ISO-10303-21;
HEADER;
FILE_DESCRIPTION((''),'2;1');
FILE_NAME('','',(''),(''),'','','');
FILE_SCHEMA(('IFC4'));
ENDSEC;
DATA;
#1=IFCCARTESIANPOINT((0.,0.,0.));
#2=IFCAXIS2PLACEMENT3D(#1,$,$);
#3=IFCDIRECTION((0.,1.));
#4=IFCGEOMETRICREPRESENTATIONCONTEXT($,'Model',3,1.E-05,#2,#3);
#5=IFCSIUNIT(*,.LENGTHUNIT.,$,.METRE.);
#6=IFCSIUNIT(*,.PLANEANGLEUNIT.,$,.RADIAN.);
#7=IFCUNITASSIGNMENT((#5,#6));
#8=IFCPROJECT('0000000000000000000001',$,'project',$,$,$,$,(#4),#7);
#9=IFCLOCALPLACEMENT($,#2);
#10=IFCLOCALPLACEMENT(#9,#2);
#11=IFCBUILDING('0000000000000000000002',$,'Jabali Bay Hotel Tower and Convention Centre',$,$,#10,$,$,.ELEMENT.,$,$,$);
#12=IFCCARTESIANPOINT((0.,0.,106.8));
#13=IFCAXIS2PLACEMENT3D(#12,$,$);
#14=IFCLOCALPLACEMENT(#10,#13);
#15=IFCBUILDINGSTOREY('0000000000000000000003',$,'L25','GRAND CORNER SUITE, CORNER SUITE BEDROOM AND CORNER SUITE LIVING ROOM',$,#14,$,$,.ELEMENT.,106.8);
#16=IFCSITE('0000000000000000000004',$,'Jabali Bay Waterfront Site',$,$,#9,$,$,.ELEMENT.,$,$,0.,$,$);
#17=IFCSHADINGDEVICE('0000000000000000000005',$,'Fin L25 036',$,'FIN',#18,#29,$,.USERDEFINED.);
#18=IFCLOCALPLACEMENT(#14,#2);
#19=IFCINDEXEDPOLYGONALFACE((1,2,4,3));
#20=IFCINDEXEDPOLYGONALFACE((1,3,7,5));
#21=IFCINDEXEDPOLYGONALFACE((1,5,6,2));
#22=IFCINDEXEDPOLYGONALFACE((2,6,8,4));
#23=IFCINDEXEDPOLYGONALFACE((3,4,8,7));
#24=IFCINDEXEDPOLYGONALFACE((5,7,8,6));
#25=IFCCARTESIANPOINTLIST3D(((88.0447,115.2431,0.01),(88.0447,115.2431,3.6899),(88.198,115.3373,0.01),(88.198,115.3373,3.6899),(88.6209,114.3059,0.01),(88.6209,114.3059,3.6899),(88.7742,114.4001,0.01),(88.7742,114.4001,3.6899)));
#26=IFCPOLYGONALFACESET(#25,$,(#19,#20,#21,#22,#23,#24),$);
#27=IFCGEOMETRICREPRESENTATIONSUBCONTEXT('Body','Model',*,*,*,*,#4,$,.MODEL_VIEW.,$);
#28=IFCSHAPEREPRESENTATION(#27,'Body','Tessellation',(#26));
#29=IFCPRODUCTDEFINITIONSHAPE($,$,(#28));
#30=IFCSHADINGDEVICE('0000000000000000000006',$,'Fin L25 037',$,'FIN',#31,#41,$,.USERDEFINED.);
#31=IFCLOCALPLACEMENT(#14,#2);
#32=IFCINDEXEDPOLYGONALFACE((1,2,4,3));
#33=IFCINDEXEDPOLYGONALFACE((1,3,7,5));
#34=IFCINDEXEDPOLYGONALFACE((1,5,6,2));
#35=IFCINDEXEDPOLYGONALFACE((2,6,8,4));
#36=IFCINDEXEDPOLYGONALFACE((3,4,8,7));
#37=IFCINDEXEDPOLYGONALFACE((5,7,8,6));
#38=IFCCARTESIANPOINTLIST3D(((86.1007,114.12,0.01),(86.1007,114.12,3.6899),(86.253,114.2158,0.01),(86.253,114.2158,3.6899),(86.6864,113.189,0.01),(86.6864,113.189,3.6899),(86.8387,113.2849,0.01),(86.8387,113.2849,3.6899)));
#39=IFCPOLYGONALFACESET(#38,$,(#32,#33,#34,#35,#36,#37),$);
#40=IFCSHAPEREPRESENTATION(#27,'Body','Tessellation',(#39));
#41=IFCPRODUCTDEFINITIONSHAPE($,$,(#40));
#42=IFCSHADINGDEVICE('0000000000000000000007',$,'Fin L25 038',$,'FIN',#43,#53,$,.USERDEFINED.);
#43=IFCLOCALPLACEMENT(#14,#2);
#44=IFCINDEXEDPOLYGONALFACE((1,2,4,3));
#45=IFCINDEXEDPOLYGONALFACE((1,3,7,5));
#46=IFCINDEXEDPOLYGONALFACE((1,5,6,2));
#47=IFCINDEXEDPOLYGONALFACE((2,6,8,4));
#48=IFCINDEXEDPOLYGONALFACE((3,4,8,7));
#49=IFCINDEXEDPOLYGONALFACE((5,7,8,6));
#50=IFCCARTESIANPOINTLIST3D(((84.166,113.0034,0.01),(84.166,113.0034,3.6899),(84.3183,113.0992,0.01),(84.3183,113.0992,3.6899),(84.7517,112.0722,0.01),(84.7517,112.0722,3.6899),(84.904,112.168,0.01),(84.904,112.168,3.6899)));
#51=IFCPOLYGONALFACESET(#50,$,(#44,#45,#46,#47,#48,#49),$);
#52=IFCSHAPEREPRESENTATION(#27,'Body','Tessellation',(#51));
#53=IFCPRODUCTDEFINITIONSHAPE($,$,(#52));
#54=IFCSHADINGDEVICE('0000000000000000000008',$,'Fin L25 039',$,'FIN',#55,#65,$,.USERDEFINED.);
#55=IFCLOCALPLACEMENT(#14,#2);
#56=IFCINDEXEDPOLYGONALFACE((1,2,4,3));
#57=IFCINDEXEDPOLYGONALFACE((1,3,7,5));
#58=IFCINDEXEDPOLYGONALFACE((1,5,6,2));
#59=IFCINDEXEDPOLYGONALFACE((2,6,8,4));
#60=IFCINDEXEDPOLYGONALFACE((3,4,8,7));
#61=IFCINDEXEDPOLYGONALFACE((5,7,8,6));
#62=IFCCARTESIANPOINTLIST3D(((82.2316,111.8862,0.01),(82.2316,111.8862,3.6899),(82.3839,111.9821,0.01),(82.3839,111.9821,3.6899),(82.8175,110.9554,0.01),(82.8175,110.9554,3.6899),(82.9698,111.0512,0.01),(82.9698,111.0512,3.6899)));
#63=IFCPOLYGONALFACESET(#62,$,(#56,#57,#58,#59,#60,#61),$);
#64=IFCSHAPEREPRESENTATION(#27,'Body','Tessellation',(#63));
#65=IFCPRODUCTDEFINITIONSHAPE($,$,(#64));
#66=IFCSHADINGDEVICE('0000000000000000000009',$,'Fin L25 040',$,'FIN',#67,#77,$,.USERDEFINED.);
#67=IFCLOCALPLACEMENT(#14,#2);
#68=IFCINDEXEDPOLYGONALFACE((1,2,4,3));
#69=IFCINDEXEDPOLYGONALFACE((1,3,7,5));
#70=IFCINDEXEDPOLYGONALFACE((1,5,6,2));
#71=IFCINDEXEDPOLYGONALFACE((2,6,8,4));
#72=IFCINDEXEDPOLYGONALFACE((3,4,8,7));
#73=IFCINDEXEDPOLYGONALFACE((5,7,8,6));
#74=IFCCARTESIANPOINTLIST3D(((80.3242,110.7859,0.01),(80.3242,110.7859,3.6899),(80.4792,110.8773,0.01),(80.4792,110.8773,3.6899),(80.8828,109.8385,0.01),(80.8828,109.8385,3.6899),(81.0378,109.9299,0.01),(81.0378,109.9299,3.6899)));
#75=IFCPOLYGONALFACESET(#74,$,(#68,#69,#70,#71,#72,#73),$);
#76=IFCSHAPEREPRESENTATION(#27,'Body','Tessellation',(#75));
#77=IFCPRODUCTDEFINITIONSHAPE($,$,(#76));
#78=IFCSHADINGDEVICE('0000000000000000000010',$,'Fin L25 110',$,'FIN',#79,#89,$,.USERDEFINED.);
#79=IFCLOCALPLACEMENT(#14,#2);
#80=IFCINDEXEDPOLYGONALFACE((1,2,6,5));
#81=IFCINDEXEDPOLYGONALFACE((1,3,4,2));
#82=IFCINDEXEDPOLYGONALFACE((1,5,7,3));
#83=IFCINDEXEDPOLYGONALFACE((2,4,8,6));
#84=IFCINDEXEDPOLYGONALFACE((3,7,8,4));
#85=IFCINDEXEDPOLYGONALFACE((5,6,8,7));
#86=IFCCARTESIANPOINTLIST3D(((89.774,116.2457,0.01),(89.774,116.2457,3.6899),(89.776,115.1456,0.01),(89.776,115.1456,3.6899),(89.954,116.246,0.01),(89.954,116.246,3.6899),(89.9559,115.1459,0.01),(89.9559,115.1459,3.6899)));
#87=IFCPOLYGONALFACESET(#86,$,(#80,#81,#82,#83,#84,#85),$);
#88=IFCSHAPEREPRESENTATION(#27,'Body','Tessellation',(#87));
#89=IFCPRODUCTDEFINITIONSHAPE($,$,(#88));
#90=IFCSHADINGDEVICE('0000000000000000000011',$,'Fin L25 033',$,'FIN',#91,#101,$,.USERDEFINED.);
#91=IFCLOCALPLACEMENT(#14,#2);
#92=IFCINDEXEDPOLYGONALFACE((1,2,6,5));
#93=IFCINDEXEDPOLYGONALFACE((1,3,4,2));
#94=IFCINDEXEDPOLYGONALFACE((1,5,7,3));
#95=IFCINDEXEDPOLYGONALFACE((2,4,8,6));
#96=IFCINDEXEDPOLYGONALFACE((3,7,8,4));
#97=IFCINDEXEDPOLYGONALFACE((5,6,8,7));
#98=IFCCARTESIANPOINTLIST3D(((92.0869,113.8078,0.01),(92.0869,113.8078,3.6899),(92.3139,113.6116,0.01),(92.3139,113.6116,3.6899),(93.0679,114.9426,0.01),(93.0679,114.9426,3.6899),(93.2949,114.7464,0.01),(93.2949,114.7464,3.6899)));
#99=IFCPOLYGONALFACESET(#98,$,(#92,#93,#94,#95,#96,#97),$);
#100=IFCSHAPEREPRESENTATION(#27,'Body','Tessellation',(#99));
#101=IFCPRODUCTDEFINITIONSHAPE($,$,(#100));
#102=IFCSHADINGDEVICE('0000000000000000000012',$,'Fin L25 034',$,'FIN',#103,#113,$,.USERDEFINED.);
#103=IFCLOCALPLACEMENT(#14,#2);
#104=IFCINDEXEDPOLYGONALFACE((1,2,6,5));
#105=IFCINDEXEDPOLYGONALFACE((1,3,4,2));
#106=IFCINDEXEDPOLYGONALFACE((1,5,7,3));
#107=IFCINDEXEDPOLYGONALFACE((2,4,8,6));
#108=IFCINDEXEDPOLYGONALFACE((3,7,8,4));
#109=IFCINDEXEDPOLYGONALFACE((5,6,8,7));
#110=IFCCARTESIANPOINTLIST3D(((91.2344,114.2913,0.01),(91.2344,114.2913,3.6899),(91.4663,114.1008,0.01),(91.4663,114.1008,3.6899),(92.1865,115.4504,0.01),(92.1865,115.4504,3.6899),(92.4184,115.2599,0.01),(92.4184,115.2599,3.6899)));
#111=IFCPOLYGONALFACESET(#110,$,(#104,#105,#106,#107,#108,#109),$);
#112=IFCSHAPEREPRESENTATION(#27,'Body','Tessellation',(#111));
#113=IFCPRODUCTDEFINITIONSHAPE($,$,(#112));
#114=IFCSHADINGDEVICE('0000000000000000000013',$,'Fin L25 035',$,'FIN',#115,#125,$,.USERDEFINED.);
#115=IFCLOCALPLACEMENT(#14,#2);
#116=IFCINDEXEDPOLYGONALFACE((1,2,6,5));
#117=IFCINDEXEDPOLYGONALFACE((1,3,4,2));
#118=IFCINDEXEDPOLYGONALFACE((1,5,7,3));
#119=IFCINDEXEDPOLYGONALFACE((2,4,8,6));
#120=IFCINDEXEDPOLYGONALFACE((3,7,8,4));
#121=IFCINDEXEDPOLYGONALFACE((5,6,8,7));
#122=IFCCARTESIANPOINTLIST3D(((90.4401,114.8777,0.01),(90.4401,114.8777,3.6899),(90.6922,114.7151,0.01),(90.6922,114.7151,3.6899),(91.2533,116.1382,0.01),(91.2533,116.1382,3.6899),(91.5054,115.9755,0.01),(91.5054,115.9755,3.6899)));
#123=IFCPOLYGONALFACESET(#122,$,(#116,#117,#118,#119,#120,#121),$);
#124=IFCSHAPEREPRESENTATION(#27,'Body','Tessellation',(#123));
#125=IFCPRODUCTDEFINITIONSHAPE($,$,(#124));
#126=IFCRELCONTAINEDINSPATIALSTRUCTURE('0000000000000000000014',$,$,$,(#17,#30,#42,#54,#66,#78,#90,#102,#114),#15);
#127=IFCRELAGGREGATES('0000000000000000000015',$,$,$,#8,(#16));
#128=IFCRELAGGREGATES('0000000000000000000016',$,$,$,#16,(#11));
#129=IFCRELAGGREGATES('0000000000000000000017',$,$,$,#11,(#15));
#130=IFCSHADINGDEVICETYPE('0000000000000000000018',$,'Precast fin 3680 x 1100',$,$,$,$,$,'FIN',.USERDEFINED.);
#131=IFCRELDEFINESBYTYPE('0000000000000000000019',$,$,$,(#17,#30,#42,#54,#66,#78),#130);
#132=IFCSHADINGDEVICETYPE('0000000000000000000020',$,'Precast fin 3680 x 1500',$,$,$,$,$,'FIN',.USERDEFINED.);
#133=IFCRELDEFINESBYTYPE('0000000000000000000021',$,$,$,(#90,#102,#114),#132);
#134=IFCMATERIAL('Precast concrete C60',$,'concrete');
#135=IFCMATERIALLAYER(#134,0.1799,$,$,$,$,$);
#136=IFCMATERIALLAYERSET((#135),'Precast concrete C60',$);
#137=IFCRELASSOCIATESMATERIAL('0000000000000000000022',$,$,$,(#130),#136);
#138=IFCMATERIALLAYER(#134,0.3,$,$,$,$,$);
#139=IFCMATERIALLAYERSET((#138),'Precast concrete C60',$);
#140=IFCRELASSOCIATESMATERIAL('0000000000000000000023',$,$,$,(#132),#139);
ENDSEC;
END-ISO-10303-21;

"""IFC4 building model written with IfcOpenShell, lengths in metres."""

from ifc_helpers import new_model, si_unit, direction, frame, frame_2d, origin, place, context, subcontext, project, spatial, rectangle, extrude, material, layer, layer_set, type_object, element, save


model = new_model("IFC4")

# Units and contexts
model_context = context("Model", 3, precision=1e-05, world=origin(), true_north=direction((0.0, 1.0)))
body_context = subcontext(model_context, "Body", "Model", "MODEL_VIEW")
ifc_project = project(units=[si_unit("LENGTHUNIT", "METRE"), si_unit("PLANEANGLEUNIT", "RADIAN")], contexts=[model_context])

# Site, building, storey
site_placement = place(None, origin())
site = spatial("IfcSite", under=ifc_project, at=site_placement, Name="Jabali Bay Waterfront Site", CompositionType="ELEMENT", RefElevation=0.0)
building_placement = place(site_placement, origin())
building = spatial("IfcBuilding", under=site, at=building_placement, Name="Jabali Bay Hotel Tower and Convention Centre", CompositionType="ELEMENT")
storey_placement = place(building_placement, frame((0.0, 0.0, 106.8)))
storey = spatial("IfcBuildingStorey", under=building, at=storey_placement, Name="L25", Description="GRAND CORNER SUITE, CORNER SUITE BEDROOM AND CORNER SUITE LIVING ROOM", CompositionType="ELEMENT", Elevation=106.8)

# Shading devices
ifc_material_1 = material(Name="Precast concrete C60", Category="concrete")
ifc_layer_1 = layer(ifc_material_1, 0.1799)
ifc_layer_set_1 = layer_set([ifc_layer_1], Name="Precast concrete C60")
shading_device_type_1 = type_object("IfcShadingDeviceType", Name="Precast fin 3680 x 1100", ElementType="FIN", PredefinedType="USERDEFINED", material=ifc_layer_set_1)
shading_device_1_placement = place(storey_placement, frame((88.6975, 114.353, 0.01), z_axis=(0.0, 0.0, 1.0), x_axis=(-0.523701, 0.851902, 0.0)))
element("IfcShadingDevice", 1, at=shading_device_1_placement, inside=storey, type_object=shading_device_type_1, Name="Fin L25 036", ObjectType="FIN", PredefinedType="USERDEFINED", context=body_context, shape_type="SweptSolid", body=[
    extrude(rectangle(XDim=1.1001, YDim=0.1799, at=frame_2d((0.55, 0.0))), origin(), (0.0, 0.0, 1.0), 3.6799),
])
shading_device_2_placement = place(storey_placement, frame((86.7625, 113.2371, 0.01), z_axis=(0.0, 0.0, 1.0), x_axis=(-0.532531, 0.846411, 0.0)))
element("IfcShadingDevice", 2, at=shading_device_2_placement, inside=storey, type_object=shading_device_type_1, Name="Fin L25 037", ObjectType="FIN", PredefinedType="USERDEFINED", context=body_context, shape_type="SweptSolid", body=[
    extrude(rectangle(XDim=1.0999, YDim=0.1799, at=frame_2d((0.5498, 0.0))), origin(), (0.0, 0.0, 1.0), 3.6799),
])
shading_device_3_placement = place(storey_placement, frame((84.8279, 112.1201, 0.01), z_axis=(0.0, 0.0, 1.0), x_axis=(-0.532431, 0.846474, 0.0)))
element("IfcShadingDevice", 3, at=shading_device_3_placement, inside=storey, type_object=shading_device_type_1, Name="Fin L25 038", ObjectType="FIN", PredefinedType="USERDEFINED", context=body_context, shape_type="SweptSolid", body=[
    extrude(rectangle(XDim=1.1001, YDim=0.1799, at=frame_2d((0.55, 0.0))), origin(), (0.0, 0.0, 1.0), 3.6799),
])
for number, where, z_axis, x_axis, name in (
    (4, (82.8936, 111.0034, 0.01), (0.0, 0.0, 1.0), (-0.53269, 0.846311, 0.0), "Fin L25 039"),
    (5, (80.9602, 109.8843, 0.01), (0.0, 0.0, 1.0), (-0.507854, 0.861443, 0.0), "Fin L25 040"),
):
    element("IfcShadingDevice", number, at=place(storey_placement, frame(where, z_axis=z_axis, x_axis=x_axis)), inside=storey, type_object=shading_device_type_1, Name=name, ObjectType="FIN", PredefinedType="USERDEFINED", context=body_context, shape_type="SweptSolid", body=[
        extrude(rectangle(XDim=1.0999, YDim=0.1799, at=frame_2d((0.5498, 0.0))), origin(), (0.0, 0.0, 1.0), 3.6799),
    ])
shading_device_4_placement = place(storey_placement, frame((89.866, 115.1458, 0.01), z_axis=(0.0, 0.0, 1.0), x_axis=(-0.001775, 0.999998, 0.0)))
element("IfcShadingDevice", 6, at=shading_device_4_placement, inside=storey, type_object=shading_device_type_1, Name="Fin L25 110", ObjectType="FIN", PredefinedType="USERDEFINED", context=body_context, shape_type="SweptSolid", body=[
    extrude(rectangle(XDim=1.1001, YDim=0.1799, at=frame_2d((0.55, 0.0))), origin(), (0.0, 0.0, 1.0), 3.6799),
])
ifc_layer_2 = layer(ifc_material_1, 0.3)
ifc_layer_set_2 = layer_set([ifc_layer_2], Name="Precast concrete C60")
shading_device_type_2 = type_object("IfcShadingDeviceType", Name="Precast fin 3680 x 1500", ElementType="FIN", PredefinedType="USERDEFINED", material=ifc_layer_set_2)
for number, where, z_axis, x_axis, name in (
    (7, (92.2004, 113.7097, 0.01), (0.0, 0.0, 1.0), (0.653976, 0.756516, 0.0), "Fin L25 033"),
    (8, (91.3503, 114.196, 0.01), (0.0, 0.0, 1.0), (0.634726, 0.772738, 0.0), "Fin L25 034"),
    (9, (90.5662, 114.7964, 0.01), (0.0, 0.0, 1.0), (0.542131, 0.840294, 0.0), "Fin L25 035"),
):
    element("IfcShadingDevice", number, at=place(storey_placement, frame(where, z_axis=z_axis, x_axis=x_axis)), inside=storey, type_object=shading_device_type_2, Name=name, ObjectType="FIN", PredefinedType="USERDEFINED", context=body_context, shape_type="SweptSolid", body=[
        extrude(rectangle(XDim=1.5, YDim=0.3, at=frame_2d((0.75, 0.0))), origin(), (0.0, 0.0, 1.0), 3.6799),
    ])

save(model, "model.ifc")
